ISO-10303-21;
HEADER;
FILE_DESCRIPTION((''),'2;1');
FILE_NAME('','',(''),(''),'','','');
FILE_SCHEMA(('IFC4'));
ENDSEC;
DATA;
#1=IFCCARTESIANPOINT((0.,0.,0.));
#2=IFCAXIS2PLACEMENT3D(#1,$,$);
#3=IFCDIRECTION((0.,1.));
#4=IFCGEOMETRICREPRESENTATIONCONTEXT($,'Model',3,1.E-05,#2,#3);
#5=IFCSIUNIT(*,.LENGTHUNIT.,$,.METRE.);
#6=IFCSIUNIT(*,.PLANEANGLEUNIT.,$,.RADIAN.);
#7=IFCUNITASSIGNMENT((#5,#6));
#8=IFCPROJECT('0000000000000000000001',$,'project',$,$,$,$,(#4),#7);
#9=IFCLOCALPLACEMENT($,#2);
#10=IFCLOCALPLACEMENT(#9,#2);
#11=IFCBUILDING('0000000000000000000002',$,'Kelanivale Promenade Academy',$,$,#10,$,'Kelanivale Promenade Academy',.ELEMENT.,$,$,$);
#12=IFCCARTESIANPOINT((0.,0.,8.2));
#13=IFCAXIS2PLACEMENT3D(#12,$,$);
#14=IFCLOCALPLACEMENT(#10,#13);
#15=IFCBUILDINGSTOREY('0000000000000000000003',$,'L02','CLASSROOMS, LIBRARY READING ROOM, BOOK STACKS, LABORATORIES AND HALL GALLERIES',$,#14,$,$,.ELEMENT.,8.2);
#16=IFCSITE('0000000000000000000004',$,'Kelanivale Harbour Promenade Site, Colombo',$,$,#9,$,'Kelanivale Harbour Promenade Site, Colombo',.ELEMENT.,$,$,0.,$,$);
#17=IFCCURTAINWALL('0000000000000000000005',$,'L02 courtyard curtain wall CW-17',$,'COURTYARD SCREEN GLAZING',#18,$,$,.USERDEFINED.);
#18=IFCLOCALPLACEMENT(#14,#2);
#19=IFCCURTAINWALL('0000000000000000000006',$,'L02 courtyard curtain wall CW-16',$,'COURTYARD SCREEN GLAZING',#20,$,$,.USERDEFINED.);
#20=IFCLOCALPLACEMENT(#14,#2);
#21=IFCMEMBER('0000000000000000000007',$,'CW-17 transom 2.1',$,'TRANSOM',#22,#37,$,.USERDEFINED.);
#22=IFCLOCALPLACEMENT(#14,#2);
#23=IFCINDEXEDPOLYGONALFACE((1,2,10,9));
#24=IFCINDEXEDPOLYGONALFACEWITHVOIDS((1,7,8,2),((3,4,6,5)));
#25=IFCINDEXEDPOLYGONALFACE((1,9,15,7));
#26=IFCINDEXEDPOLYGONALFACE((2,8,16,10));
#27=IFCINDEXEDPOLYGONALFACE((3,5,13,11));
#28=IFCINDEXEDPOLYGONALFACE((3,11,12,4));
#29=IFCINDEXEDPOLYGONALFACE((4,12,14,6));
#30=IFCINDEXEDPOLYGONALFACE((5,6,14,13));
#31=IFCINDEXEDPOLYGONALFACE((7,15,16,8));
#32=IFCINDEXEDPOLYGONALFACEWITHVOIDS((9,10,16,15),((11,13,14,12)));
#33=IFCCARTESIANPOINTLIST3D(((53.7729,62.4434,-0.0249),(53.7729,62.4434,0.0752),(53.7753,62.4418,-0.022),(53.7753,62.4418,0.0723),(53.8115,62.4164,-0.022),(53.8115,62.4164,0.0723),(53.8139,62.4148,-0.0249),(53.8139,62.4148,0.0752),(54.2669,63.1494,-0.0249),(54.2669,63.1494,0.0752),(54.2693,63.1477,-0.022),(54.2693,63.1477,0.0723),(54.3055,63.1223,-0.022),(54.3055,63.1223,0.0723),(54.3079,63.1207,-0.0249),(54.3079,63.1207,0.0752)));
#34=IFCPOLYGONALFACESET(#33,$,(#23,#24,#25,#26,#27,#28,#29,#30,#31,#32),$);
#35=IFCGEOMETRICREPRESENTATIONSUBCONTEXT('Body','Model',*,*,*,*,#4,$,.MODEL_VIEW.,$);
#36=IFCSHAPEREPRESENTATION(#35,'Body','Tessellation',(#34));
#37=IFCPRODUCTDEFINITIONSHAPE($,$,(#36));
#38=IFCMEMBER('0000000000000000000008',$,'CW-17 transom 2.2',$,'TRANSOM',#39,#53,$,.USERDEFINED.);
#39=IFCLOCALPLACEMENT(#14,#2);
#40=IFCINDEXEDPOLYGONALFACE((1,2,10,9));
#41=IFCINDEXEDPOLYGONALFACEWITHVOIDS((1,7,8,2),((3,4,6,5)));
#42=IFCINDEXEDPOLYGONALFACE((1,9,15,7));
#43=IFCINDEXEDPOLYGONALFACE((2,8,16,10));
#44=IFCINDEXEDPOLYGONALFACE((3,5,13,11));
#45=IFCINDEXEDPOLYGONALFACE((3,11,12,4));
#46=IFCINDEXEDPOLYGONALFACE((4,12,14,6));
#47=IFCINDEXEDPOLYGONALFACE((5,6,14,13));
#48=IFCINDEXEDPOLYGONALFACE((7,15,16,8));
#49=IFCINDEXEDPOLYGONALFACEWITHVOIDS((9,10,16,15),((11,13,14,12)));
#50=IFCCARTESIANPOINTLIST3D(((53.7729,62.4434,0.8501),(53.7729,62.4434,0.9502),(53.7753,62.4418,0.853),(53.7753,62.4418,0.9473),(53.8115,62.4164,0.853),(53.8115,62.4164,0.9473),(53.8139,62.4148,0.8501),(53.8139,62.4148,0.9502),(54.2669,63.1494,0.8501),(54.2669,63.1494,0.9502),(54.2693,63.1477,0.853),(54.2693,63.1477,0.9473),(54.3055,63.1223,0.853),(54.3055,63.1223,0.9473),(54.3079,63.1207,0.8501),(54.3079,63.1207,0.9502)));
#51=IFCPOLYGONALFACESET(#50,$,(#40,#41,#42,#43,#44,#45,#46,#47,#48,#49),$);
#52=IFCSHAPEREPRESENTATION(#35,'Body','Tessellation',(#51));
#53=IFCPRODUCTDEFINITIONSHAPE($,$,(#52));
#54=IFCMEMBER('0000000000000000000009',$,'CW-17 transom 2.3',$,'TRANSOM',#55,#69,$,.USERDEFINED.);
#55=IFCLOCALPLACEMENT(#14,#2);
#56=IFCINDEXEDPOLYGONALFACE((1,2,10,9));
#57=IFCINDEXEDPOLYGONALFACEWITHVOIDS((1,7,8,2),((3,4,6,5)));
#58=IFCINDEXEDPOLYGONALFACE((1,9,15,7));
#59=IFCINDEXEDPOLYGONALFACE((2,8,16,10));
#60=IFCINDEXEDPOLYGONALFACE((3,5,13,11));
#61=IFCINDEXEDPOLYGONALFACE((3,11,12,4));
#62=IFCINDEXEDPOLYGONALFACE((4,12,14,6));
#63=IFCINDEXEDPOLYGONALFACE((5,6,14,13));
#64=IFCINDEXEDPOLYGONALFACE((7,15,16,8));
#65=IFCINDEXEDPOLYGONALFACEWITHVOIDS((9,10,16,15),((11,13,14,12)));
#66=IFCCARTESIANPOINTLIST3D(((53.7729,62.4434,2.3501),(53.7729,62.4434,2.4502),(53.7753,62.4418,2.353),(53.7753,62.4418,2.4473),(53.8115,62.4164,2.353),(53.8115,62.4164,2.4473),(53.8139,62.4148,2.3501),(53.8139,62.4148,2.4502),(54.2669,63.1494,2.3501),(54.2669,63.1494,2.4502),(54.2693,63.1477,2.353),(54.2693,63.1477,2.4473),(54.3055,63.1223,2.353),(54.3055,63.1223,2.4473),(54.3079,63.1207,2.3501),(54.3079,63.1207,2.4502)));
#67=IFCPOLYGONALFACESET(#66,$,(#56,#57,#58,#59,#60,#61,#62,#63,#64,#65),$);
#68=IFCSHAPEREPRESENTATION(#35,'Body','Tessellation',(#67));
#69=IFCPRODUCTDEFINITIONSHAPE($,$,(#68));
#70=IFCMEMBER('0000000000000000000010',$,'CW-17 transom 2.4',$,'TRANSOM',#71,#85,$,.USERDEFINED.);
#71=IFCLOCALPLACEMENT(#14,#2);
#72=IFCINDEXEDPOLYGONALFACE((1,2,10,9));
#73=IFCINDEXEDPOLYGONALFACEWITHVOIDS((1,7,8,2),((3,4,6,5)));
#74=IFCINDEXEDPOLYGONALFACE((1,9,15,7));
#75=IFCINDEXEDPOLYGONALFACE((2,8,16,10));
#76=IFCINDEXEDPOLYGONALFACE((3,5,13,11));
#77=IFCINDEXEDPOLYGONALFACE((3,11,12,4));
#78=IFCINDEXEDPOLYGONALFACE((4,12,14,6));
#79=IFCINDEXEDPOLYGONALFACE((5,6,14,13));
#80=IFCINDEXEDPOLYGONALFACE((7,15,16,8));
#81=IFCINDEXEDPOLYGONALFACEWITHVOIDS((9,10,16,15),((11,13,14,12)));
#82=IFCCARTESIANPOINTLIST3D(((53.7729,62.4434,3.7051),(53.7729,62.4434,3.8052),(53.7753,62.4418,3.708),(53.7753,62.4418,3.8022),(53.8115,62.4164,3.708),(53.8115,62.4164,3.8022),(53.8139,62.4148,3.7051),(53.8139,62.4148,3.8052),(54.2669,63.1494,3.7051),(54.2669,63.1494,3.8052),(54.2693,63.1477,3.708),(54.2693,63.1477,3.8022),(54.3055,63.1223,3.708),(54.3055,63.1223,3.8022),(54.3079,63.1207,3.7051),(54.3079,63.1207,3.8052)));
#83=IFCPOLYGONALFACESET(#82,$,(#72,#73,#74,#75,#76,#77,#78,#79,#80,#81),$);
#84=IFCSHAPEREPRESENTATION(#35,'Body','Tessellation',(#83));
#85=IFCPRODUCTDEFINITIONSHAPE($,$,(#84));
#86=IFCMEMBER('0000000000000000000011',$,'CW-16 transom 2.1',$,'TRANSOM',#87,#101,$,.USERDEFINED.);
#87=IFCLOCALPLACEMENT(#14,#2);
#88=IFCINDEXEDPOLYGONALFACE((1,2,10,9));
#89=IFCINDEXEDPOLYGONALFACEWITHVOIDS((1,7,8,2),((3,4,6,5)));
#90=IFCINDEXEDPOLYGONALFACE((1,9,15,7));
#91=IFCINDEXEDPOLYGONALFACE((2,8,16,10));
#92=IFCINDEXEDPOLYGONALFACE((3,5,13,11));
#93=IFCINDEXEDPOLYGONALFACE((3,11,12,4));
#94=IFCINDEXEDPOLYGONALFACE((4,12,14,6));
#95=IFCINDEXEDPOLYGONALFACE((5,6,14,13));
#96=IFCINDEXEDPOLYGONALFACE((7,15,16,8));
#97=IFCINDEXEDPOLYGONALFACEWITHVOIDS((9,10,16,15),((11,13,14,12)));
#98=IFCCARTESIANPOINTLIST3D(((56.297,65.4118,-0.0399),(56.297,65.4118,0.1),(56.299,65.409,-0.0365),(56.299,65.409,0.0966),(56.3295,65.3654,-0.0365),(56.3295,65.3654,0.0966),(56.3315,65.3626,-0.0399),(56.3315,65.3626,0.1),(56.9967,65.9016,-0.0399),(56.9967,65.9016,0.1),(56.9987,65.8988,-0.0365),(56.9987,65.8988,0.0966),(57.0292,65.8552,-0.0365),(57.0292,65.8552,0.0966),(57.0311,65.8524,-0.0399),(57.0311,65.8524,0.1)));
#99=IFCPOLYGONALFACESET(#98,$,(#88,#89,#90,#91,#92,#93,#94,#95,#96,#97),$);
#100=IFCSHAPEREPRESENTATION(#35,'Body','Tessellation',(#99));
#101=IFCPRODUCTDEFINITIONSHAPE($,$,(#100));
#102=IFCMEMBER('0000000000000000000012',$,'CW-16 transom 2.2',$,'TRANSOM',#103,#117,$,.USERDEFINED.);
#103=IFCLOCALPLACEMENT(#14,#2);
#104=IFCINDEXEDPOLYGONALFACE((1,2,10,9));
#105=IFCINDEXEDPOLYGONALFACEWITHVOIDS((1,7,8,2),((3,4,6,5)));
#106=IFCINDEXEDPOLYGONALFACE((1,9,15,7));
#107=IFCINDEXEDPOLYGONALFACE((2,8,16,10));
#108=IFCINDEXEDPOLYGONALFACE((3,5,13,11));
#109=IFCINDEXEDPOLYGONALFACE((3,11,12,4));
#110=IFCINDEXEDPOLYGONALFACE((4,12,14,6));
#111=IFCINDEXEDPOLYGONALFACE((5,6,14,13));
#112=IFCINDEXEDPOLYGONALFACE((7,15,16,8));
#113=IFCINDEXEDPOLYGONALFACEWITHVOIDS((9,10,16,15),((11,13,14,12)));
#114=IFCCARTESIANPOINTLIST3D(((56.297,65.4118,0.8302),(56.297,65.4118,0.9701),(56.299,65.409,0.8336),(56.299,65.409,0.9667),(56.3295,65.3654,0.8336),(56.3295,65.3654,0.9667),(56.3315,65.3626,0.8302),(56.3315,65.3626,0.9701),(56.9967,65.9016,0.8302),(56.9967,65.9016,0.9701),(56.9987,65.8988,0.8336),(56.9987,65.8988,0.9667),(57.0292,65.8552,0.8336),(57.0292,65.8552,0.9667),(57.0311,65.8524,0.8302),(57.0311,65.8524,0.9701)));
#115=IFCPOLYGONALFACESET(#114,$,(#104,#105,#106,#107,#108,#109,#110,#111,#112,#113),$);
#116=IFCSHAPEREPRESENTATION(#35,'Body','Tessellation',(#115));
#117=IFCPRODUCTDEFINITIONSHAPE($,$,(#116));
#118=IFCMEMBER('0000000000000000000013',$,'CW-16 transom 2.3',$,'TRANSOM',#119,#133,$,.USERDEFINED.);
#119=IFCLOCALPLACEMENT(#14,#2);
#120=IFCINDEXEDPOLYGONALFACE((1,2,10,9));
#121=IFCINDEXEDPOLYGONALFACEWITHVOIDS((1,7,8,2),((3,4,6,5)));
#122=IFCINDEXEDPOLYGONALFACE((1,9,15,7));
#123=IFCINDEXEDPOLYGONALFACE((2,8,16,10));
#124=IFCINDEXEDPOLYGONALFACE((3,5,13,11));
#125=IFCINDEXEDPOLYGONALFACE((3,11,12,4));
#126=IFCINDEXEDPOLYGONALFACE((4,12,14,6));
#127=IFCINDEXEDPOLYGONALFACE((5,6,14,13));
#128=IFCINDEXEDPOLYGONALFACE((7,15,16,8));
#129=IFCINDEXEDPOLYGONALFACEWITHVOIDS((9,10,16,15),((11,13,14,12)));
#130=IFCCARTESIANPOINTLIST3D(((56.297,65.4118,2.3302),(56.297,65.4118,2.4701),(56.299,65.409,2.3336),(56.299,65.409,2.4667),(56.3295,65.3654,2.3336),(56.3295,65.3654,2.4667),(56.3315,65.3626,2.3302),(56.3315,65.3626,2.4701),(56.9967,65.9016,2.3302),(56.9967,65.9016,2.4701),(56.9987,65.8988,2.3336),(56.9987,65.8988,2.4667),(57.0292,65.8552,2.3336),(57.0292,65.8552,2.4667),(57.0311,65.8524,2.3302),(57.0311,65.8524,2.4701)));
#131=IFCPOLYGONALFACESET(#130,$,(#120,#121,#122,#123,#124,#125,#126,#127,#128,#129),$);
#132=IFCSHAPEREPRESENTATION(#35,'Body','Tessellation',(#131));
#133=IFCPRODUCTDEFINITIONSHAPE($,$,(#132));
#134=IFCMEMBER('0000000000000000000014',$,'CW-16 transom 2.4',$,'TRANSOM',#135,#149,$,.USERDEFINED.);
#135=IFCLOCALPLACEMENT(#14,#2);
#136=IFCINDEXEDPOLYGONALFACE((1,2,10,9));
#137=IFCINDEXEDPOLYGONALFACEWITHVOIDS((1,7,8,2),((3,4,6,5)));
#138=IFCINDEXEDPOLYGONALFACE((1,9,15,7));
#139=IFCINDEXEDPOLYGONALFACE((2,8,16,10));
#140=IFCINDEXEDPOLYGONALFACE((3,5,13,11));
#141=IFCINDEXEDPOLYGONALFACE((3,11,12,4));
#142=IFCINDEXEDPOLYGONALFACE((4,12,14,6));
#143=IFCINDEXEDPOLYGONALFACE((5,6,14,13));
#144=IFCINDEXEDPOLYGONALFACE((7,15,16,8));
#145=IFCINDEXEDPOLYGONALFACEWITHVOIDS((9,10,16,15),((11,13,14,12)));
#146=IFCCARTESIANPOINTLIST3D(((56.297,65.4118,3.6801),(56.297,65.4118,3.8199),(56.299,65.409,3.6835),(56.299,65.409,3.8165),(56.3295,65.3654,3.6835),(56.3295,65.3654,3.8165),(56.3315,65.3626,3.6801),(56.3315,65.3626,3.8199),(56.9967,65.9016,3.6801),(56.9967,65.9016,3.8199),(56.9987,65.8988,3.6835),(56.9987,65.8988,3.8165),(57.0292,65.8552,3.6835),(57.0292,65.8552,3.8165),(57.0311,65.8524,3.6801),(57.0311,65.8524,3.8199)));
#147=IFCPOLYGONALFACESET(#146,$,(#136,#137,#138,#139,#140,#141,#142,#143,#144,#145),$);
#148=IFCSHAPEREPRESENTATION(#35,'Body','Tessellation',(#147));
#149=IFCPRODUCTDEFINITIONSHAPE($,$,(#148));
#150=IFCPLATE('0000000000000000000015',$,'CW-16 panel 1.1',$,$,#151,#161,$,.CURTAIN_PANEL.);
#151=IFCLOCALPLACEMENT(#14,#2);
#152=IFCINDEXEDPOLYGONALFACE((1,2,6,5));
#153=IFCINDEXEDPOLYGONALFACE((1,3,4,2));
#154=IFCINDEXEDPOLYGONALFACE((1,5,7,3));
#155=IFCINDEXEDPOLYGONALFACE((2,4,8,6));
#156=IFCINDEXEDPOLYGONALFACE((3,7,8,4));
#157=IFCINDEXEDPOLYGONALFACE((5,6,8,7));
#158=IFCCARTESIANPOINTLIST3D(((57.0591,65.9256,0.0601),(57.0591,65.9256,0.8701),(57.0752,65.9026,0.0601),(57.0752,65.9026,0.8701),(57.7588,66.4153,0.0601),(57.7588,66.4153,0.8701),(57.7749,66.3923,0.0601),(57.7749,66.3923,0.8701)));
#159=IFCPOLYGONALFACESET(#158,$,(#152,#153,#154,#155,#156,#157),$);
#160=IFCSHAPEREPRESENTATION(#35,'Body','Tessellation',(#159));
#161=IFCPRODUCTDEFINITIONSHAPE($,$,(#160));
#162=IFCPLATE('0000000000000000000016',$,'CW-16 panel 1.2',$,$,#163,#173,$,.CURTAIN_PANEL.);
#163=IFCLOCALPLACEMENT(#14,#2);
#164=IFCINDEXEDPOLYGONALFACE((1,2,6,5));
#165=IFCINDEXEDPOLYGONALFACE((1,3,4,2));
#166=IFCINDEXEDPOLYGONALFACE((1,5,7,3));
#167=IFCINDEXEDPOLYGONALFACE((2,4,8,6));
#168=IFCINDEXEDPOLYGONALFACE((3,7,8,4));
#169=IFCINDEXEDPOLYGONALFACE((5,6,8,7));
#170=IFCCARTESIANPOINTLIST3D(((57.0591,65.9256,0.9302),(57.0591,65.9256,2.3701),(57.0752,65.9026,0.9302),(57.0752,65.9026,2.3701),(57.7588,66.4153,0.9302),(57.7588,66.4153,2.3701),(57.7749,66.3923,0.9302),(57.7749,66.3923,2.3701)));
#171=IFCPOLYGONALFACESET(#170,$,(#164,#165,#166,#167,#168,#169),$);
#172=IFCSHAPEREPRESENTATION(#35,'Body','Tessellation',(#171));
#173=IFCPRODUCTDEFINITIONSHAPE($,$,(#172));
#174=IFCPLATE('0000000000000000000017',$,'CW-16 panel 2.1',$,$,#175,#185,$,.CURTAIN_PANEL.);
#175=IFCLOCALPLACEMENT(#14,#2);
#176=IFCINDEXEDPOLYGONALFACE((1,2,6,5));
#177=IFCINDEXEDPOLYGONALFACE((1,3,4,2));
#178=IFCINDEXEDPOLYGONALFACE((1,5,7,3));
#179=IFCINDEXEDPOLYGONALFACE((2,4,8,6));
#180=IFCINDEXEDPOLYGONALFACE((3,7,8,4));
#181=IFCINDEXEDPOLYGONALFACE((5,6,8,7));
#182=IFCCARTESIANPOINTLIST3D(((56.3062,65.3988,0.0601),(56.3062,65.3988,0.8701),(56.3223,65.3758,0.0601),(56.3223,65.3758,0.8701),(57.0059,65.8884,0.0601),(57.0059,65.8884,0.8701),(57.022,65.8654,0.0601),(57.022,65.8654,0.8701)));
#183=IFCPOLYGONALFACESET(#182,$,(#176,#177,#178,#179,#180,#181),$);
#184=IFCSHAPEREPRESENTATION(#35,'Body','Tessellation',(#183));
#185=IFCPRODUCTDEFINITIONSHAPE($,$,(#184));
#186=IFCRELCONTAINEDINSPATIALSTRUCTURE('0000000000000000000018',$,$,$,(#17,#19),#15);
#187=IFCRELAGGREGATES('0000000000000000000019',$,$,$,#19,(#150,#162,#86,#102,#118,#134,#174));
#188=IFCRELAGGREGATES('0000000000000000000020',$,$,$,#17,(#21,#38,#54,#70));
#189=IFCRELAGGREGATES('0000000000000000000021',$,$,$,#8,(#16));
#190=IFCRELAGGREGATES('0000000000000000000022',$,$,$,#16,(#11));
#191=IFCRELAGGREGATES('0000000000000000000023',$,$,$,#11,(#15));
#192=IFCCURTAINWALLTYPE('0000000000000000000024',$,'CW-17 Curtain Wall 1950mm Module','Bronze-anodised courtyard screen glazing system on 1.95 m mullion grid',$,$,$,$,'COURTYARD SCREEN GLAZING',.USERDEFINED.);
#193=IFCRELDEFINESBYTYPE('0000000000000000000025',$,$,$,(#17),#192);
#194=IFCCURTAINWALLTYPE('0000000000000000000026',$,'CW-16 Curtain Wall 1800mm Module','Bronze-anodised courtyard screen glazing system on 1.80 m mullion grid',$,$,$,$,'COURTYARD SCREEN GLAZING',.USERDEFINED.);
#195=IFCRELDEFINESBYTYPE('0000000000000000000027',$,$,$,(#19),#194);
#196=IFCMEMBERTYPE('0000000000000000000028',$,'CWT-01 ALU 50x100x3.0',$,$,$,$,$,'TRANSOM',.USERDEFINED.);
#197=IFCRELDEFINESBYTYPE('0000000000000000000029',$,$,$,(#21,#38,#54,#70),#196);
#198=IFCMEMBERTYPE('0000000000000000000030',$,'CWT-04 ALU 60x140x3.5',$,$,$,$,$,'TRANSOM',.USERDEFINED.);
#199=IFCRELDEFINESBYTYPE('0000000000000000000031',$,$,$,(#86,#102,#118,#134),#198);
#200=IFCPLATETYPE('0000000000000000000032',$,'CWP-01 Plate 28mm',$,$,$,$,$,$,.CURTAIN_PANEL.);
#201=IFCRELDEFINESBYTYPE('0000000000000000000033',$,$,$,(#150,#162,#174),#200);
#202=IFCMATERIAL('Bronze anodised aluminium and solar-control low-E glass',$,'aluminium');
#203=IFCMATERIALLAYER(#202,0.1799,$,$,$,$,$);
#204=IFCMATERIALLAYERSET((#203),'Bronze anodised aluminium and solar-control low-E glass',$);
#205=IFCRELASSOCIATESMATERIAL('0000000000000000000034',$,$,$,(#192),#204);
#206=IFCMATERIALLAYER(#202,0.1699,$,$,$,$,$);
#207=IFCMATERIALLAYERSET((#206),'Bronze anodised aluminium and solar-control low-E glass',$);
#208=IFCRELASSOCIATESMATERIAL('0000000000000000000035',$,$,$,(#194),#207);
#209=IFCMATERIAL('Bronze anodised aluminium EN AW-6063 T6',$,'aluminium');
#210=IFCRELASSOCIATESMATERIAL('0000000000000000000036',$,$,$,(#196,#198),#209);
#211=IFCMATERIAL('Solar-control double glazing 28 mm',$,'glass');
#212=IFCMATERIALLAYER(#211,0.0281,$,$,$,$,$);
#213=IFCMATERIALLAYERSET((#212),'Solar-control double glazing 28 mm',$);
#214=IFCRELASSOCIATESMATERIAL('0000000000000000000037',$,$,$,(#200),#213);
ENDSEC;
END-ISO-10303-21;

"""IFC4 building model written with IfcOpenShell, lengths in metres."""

from ifc_helpers import new_model, si_unit, direction, frame, origin, origin_2d, place, context, subcontext, project, spatial, rectangle, hollow_rectangle, extrude, material, layer, layer_set, material_profile, profile_set, type_object, element, aggregate, save


model = new_model("IFC4")

# Units and contexts
model_context = context("Model", 3, precision=1e-05, world=origin(), true_north=direction((0.0, 1.0)))
body_context = subcontext(model_context, "Body", "Model", "MODEL_VIEW")
ifc_project = project(units=[si_unit("LENGTHUNIT", "METRE"), si_unit("PLANEANGLEUNIT", "RADIAN")], contexts=[model_context])

# Site, building, storey
site_placement = place(None, origin())
site = spatial("IfcSite", under=ifc_project, at=site_placement, Name="Kelanivale Harbour Promenade Site, Colombo", LongName="Kelanivale Harbour Promenade Site, Colombo", CompositionType="ELEMENT", RefElevation=0.0)
building_placement = place(site_placement, origin())
building = spatial("IfcBuilding", under=site, at=building_placement, Name="Kelanivale Promenade Academy", LongName="Kelanivale Promenade Academy", CompositionType="ELEMENT")
storey_placement = place(building_placement, frame((0.0, 0.0, 8.2)))
storey = spatial("IfcBuildingStorey", under=building, at=storey_placement, Name="L02", Description="CLASSROOMS, LIBRARY READING ROOM, BOOK STACKS, LABORATORIES AND HALL GALLERIES", CompositionType="ELEMENT", Elevation=8.2)

# Curtain walls
ifc_material_1 = material(Name="Bronze anodised aluminium and solar-control low-E glass", Category="aluminium")
ifc_layer_1 = layer(ifc_material_1, 0.1799)
ifc_layer_set_1 = layer_set([ifc_layer_1], Name="Bronze anodised aluminium and solar-control low-E glass")
curtain_wall_type_1 = type_object("IfcCurtainWallType", Name="CW-17 Curtain Wall 1950mm Module", Description="Bronze-anodised courtyard screen glazing system on 1.95 m mullion grid", ElementType="COURTYARD SCREEN GLAZING", PredefinedType="USERDEFINED", material=ifc_layer_set_1)
curtain_wall_1_placement = place(storey_placement, origin())
curtain_wall_1 = element("IfcCurtainWall", 1, at=curtain_wall_1_placement, inside=storey, type_object=curtain_wall_type_1, Name="L02 courtyard curtain wall CW-17", ObjectType="COURTYARD SCREEN GLAZING", PredefinedType="USERDEFINED")
ifc_material_2 = material(Name="Bronze anodised aluminium EN AW-6063 T6", Category="aluminium")
ifc_layer_2 = layer(ifc_material_1, 0.1699)
ifc_layer_set_2 = layer_set([ifc_layer_2], Name="Bronze anodised aluminium and solar-control low-E glass")
curtain_wall_type_2 = type_object("IfcCurtainWallType", Name="CW-16 Curtain Wall 1800mm Module", Description="Bronze-anodised courtyard screen glazing system on 1.80 m mullion grid", ElementType="COURTYARD SCREEN GLAZING", PredefinedType="USERDEFINED", material=ifc_layer_set_2)
curtain_wall_2_placement = place(storey_placement, origin())
curtain_wall_2 = element("IfcCurtainWall", 2, at=curtain_wall_2_placement, inside=storey, type_object=curtain_wall_type_2, Name="L02 courtyard curtain wall CW-16", ObjectType="COURTYARD SCREEN GLAZING", PredefinedType="USERDEFINED")

# Members
ifc_material_profile_1 = material_profile(ifc_material_2, hollow_rectangle(XDim=0.05, YDim=0.1001, WallThickness=0.0029, at=origin_2d()), Name="ALU 50x100x3.0")
ifc_profile_set_1 = profile_set([ifc_material_profile_1], Name="Bronze anodised aluminium EN AW-6063 T6")
member_type_1 = type_object("IfcMemberType", Name="CWT-01 ALU 50x100x3.0", ElementType="TRANSOM", PredefinedType="USERDEFINED", material=ifc_profile_set_1)
member_1_placement = place(storey_placement, frame((54.2874, 63.135, 0.0251), z_axis=(-0.573329, -0.819325, 0.0), x_axis=(0.819325, -0.573329, 0.0)))
member_1 = element("IfcMember", 3, at=member_1_placement, type_object=member_type_1, Name="CW-17 transom 2.1", ObjectType="TRANSOM", PredefinedType="USERDEFINED", context=body_context, shape_type="SweptSolid", body=[
    extrude(hollow_rectangle(XDim=0.05, YDim=0.1001, WallThickness=0.0029, at=origin_2d()), origin(), (0.0, 0.0, 1.0), 0.8616),
])
member_2_placement = place(storey_placement, frame((54.2874, 63.135, 0.9001), z_axis=(-0.573329, -0.819325, 0.0), x_axis=(0.819325, -0.573329, 0.0)))
member_2 = element("IfcMember", 4, at=member_2_placement, type_object=member_type_1, Name="CW-17 transom 2.2", ObjectType="TRANSOM", PredefinedType="USERDEFINED", context=body_context, shape_type="SweptSolid", body=[
    extrude(hollow_rectangle(XDim=0.05, YDim=0.1001, WallThickness=0.0029, at=origin_2d()), origin(), (0.0, 0.0, 1.0), 0.8616),
])
member_3_placement = place(storey_placement, frame((54.2874, 63.135, 2.4001), z_axis=(-0.573329, -0.819325, 0.0), x_axis=(0.819325, -0.573329, 0.0)))
member_3 = element("IfcMember", 5, at=member_3_placement, type_object=member_type_1, Name="CW-17 transom 2.3", ObjectType="TRANSOM", PredefinedType="USERDEFINED", context=body_context, shape_type="SweptSolid", body=[
    extrude(hollow_rectangle(XDim=0.05, YDim=0.1001, WallThickness=0.0029, at=origin_2d()), origin(), (0.0, 0.0, 1.0), 0.8616),
])
member_4_placement = place(storey_placement, frame((54.2874, 63.135, 3.7551), z_axis=(-0.573329, -0.819325, 0.0), x_axis=(0.819325, -0.573329, 0.0)))
member_4 = element("IfcMember", 6, at=member_4_placement, type_object=member_type_1, Name="CW-17 transom 2.4", ObjectType="TRANSOM", PredefinedType="USERDEFINED", context=body_context, shape_type="SweptSolid", body=[
    extrude(hollow_rectangle(XDim=0.05, YDim=0.1001, WallThickness=0.0029, at=origin_2d()), origin(), (0.0, 0.0, 1.0), 0.8616),
])
ifc_material_profile_2 = material_profile(ifc_material_2, hollow_rectangle(XDim=0.0601, YDim=0.1399, WallThickness=0.0034, at=origin_2d()), Name="ALU 60x140x3.5")
ifc_profile_set_2 = profile_set([ifc_material_profile_2], Name="Bronze anodised aluminium EN AW-6063 T6")
member_type_2 = type_object("IfcMemberType", Name="CWT-04 ALU 60x140x3.5", ElementType="TRANSOM", PredefinedType="USERDEFINED", material=ifc_profile_set_2)
member_5_placement = place(storey_placement, frame((57.0139, 65.877, 0.03), z_axis=(-0.819259, -0.573424, 0.0), x_axis=(0.573424, -0.819259, 0.0)))
member_5 = element("IfcMember", 7, at=member_5_placement, type_object=member_type_2, Name="CW-16 transom 2.1", ObjectType="TRANSOM", PredefinedType="USERDEFINED", context=body_context, shape_type="SweptSolid", body=[
    extrude(hollow_rectangle(XDim=0.0601, YDim=0.1399, WallThickness=0.0034, at=origin_2d()), origin(), (0.0, 0.0, 1.0), 0.854),
])
member_6_placement = place(storey_placement, frame((57.0139, 65.877, 0.9001), z_axis=(-0.819259, -0.573424, 0.0), x_axis=(0.573424, -0.819259, 0.0)))
member_6 = element("IfcMember", 8, at=member_6_placement, type_object=member_type_2, Name="CW-16 transom 2.2", ObjectType="TRANSOM", PredefinedType="USERDEFINED", context=body_context, shape_type="SweptSolid", body=[
    extrude(hollow_rectangle(XDim=0.0601, YDim=0.1399, WallThickness=0.0034, at=origin_2d()), origin(), (0.0, 0.0, 1.0), 0.854),
])
member_7_placement = place(storey_placement, frame((57.0139, 65.877, 2.4001), z_axis=(-0.819259, -0.573424, 0.0), x_axis=(0.573424, -0.819259, 0.0)))
member_7 = element("IfcMember", 9, at=member_7_placement, type_object=member_type_2, Name="CW-16 transom 2.3", ObjectType="TRANSOM", PredefinedType="USERDEFINED", context=body_context, shape_type="SweptSolid", body=[
    extrude(hollow_rectangle(XDim=0.0601, YDim=0.1399, WallThickness=0.0034, at=origin_2d()), origin(), (0.0, 0.0, 1.0), 0.854),
])
member_8_placement = place(storey_placement, frame((57.0139, 65.877, 3.75), z_axis=(-0.819259, -0.573424, 0.0), x_axis=(0.573424, -0.819259, 0.0)))
member_8 = element("IfcMember", 10, at=member_8_placement, type_object=member_type_2, Name="CW-16 transom 2.4", ObjectType="TRANSOM", PredefinedType="USERDEFINED", context=body_context, shape_type="SweptSolid", body=[
    extrude(hollow_rectangle(XDim=0.0601, YDim=0.1399, WallThickness=0.0034, at=origin_2d()), origin(), (0.0, 0.0, 1.0), 0.854),
])

# Plates
ifc_material_3 = material(Name="Solar-control double glazing 28 mm", Category="glass")
ifc_layer_3 = layer(ifc_material_3, 0.0281)
ifc_layer_set_3 = layer_set([ifc_layer_3], Name="Solar-control double glazing 28 mm")
plate_type_1 = type_object("IfcPlateType", Name="CWP-01 Plate 28mm", PredefinedType="CURTAIN_PANEL", material=ifc_layer_set_3)
plate_1_placement = place(storey_placement, frame((57.417, 66.1589, 0.0601), z_axis=(0.0, 0.0, 1.0), x_axis=(-0.819306, -0.573357, 0.0)))
plate_1 = element("IfcPlate", 11, at=plate_1_placement, type_object=plate_type_1, Name="CW-16 panel 1.1", PredefinedType="CURTAIN_PANEL", context=body_context, shape_type="SweptSolid", body=[
    extrude(rectangle(XDim=0.854, YDim=0.0281, at=origin_2d()), origin(), (0.0, 0.0, 1.0), 0.8101),
])
plate_2_placement = place(storey_placement, frame((57.417, 66.1589, 0.9302), z_axis=(0.0, 0.0, 1.0), x_axis=(-0.819306, -0.573357, 0.0)))
plate_2 = element("IfcPlate", 12, at=plate_2_placement, type_object=plate_type_1, Name="CW-16 panel 1.2", PredefinedType="CURTAIN_PANEL", context=body_context, shape_type="SweptSolid", body=[
    extrude(rectangle(XDim=0.854, YDim=0.0281, at=origin_2d()), origin(), (0.0, 0.0, 1.0), 1.4399),
])
plate_3_placement = place(storey_placement, frame((56.6641, 65.6321, 0.0601), z_axis=(0.0, 0.0, 1.0), x_axis=(-0.819306, -0.573357, 0.0)))
plate_3 = element("IfcPlate", 13, at=plate_3_placement, type_object=plate_type_1, Name="CW-16 panel 2.1", PredefinedType="CURTAIN_PANEL", context=body_context, shape_type="SweptSolid", body=[
    extrude(rectangle(XDim=0.854, YDim=0.0281, at=origin_2d()), origin(), (0.0, 0.0, 1.0), 0.8101),
])
aggregate(curtain_wall_2, [plate_1, plate_2, member_5, member_6, member_7, member_8, plate_3])
aggregate(curtain_wall_1, [member_1, member_2, member_3, member_4])

save(model, "model.ifc")
